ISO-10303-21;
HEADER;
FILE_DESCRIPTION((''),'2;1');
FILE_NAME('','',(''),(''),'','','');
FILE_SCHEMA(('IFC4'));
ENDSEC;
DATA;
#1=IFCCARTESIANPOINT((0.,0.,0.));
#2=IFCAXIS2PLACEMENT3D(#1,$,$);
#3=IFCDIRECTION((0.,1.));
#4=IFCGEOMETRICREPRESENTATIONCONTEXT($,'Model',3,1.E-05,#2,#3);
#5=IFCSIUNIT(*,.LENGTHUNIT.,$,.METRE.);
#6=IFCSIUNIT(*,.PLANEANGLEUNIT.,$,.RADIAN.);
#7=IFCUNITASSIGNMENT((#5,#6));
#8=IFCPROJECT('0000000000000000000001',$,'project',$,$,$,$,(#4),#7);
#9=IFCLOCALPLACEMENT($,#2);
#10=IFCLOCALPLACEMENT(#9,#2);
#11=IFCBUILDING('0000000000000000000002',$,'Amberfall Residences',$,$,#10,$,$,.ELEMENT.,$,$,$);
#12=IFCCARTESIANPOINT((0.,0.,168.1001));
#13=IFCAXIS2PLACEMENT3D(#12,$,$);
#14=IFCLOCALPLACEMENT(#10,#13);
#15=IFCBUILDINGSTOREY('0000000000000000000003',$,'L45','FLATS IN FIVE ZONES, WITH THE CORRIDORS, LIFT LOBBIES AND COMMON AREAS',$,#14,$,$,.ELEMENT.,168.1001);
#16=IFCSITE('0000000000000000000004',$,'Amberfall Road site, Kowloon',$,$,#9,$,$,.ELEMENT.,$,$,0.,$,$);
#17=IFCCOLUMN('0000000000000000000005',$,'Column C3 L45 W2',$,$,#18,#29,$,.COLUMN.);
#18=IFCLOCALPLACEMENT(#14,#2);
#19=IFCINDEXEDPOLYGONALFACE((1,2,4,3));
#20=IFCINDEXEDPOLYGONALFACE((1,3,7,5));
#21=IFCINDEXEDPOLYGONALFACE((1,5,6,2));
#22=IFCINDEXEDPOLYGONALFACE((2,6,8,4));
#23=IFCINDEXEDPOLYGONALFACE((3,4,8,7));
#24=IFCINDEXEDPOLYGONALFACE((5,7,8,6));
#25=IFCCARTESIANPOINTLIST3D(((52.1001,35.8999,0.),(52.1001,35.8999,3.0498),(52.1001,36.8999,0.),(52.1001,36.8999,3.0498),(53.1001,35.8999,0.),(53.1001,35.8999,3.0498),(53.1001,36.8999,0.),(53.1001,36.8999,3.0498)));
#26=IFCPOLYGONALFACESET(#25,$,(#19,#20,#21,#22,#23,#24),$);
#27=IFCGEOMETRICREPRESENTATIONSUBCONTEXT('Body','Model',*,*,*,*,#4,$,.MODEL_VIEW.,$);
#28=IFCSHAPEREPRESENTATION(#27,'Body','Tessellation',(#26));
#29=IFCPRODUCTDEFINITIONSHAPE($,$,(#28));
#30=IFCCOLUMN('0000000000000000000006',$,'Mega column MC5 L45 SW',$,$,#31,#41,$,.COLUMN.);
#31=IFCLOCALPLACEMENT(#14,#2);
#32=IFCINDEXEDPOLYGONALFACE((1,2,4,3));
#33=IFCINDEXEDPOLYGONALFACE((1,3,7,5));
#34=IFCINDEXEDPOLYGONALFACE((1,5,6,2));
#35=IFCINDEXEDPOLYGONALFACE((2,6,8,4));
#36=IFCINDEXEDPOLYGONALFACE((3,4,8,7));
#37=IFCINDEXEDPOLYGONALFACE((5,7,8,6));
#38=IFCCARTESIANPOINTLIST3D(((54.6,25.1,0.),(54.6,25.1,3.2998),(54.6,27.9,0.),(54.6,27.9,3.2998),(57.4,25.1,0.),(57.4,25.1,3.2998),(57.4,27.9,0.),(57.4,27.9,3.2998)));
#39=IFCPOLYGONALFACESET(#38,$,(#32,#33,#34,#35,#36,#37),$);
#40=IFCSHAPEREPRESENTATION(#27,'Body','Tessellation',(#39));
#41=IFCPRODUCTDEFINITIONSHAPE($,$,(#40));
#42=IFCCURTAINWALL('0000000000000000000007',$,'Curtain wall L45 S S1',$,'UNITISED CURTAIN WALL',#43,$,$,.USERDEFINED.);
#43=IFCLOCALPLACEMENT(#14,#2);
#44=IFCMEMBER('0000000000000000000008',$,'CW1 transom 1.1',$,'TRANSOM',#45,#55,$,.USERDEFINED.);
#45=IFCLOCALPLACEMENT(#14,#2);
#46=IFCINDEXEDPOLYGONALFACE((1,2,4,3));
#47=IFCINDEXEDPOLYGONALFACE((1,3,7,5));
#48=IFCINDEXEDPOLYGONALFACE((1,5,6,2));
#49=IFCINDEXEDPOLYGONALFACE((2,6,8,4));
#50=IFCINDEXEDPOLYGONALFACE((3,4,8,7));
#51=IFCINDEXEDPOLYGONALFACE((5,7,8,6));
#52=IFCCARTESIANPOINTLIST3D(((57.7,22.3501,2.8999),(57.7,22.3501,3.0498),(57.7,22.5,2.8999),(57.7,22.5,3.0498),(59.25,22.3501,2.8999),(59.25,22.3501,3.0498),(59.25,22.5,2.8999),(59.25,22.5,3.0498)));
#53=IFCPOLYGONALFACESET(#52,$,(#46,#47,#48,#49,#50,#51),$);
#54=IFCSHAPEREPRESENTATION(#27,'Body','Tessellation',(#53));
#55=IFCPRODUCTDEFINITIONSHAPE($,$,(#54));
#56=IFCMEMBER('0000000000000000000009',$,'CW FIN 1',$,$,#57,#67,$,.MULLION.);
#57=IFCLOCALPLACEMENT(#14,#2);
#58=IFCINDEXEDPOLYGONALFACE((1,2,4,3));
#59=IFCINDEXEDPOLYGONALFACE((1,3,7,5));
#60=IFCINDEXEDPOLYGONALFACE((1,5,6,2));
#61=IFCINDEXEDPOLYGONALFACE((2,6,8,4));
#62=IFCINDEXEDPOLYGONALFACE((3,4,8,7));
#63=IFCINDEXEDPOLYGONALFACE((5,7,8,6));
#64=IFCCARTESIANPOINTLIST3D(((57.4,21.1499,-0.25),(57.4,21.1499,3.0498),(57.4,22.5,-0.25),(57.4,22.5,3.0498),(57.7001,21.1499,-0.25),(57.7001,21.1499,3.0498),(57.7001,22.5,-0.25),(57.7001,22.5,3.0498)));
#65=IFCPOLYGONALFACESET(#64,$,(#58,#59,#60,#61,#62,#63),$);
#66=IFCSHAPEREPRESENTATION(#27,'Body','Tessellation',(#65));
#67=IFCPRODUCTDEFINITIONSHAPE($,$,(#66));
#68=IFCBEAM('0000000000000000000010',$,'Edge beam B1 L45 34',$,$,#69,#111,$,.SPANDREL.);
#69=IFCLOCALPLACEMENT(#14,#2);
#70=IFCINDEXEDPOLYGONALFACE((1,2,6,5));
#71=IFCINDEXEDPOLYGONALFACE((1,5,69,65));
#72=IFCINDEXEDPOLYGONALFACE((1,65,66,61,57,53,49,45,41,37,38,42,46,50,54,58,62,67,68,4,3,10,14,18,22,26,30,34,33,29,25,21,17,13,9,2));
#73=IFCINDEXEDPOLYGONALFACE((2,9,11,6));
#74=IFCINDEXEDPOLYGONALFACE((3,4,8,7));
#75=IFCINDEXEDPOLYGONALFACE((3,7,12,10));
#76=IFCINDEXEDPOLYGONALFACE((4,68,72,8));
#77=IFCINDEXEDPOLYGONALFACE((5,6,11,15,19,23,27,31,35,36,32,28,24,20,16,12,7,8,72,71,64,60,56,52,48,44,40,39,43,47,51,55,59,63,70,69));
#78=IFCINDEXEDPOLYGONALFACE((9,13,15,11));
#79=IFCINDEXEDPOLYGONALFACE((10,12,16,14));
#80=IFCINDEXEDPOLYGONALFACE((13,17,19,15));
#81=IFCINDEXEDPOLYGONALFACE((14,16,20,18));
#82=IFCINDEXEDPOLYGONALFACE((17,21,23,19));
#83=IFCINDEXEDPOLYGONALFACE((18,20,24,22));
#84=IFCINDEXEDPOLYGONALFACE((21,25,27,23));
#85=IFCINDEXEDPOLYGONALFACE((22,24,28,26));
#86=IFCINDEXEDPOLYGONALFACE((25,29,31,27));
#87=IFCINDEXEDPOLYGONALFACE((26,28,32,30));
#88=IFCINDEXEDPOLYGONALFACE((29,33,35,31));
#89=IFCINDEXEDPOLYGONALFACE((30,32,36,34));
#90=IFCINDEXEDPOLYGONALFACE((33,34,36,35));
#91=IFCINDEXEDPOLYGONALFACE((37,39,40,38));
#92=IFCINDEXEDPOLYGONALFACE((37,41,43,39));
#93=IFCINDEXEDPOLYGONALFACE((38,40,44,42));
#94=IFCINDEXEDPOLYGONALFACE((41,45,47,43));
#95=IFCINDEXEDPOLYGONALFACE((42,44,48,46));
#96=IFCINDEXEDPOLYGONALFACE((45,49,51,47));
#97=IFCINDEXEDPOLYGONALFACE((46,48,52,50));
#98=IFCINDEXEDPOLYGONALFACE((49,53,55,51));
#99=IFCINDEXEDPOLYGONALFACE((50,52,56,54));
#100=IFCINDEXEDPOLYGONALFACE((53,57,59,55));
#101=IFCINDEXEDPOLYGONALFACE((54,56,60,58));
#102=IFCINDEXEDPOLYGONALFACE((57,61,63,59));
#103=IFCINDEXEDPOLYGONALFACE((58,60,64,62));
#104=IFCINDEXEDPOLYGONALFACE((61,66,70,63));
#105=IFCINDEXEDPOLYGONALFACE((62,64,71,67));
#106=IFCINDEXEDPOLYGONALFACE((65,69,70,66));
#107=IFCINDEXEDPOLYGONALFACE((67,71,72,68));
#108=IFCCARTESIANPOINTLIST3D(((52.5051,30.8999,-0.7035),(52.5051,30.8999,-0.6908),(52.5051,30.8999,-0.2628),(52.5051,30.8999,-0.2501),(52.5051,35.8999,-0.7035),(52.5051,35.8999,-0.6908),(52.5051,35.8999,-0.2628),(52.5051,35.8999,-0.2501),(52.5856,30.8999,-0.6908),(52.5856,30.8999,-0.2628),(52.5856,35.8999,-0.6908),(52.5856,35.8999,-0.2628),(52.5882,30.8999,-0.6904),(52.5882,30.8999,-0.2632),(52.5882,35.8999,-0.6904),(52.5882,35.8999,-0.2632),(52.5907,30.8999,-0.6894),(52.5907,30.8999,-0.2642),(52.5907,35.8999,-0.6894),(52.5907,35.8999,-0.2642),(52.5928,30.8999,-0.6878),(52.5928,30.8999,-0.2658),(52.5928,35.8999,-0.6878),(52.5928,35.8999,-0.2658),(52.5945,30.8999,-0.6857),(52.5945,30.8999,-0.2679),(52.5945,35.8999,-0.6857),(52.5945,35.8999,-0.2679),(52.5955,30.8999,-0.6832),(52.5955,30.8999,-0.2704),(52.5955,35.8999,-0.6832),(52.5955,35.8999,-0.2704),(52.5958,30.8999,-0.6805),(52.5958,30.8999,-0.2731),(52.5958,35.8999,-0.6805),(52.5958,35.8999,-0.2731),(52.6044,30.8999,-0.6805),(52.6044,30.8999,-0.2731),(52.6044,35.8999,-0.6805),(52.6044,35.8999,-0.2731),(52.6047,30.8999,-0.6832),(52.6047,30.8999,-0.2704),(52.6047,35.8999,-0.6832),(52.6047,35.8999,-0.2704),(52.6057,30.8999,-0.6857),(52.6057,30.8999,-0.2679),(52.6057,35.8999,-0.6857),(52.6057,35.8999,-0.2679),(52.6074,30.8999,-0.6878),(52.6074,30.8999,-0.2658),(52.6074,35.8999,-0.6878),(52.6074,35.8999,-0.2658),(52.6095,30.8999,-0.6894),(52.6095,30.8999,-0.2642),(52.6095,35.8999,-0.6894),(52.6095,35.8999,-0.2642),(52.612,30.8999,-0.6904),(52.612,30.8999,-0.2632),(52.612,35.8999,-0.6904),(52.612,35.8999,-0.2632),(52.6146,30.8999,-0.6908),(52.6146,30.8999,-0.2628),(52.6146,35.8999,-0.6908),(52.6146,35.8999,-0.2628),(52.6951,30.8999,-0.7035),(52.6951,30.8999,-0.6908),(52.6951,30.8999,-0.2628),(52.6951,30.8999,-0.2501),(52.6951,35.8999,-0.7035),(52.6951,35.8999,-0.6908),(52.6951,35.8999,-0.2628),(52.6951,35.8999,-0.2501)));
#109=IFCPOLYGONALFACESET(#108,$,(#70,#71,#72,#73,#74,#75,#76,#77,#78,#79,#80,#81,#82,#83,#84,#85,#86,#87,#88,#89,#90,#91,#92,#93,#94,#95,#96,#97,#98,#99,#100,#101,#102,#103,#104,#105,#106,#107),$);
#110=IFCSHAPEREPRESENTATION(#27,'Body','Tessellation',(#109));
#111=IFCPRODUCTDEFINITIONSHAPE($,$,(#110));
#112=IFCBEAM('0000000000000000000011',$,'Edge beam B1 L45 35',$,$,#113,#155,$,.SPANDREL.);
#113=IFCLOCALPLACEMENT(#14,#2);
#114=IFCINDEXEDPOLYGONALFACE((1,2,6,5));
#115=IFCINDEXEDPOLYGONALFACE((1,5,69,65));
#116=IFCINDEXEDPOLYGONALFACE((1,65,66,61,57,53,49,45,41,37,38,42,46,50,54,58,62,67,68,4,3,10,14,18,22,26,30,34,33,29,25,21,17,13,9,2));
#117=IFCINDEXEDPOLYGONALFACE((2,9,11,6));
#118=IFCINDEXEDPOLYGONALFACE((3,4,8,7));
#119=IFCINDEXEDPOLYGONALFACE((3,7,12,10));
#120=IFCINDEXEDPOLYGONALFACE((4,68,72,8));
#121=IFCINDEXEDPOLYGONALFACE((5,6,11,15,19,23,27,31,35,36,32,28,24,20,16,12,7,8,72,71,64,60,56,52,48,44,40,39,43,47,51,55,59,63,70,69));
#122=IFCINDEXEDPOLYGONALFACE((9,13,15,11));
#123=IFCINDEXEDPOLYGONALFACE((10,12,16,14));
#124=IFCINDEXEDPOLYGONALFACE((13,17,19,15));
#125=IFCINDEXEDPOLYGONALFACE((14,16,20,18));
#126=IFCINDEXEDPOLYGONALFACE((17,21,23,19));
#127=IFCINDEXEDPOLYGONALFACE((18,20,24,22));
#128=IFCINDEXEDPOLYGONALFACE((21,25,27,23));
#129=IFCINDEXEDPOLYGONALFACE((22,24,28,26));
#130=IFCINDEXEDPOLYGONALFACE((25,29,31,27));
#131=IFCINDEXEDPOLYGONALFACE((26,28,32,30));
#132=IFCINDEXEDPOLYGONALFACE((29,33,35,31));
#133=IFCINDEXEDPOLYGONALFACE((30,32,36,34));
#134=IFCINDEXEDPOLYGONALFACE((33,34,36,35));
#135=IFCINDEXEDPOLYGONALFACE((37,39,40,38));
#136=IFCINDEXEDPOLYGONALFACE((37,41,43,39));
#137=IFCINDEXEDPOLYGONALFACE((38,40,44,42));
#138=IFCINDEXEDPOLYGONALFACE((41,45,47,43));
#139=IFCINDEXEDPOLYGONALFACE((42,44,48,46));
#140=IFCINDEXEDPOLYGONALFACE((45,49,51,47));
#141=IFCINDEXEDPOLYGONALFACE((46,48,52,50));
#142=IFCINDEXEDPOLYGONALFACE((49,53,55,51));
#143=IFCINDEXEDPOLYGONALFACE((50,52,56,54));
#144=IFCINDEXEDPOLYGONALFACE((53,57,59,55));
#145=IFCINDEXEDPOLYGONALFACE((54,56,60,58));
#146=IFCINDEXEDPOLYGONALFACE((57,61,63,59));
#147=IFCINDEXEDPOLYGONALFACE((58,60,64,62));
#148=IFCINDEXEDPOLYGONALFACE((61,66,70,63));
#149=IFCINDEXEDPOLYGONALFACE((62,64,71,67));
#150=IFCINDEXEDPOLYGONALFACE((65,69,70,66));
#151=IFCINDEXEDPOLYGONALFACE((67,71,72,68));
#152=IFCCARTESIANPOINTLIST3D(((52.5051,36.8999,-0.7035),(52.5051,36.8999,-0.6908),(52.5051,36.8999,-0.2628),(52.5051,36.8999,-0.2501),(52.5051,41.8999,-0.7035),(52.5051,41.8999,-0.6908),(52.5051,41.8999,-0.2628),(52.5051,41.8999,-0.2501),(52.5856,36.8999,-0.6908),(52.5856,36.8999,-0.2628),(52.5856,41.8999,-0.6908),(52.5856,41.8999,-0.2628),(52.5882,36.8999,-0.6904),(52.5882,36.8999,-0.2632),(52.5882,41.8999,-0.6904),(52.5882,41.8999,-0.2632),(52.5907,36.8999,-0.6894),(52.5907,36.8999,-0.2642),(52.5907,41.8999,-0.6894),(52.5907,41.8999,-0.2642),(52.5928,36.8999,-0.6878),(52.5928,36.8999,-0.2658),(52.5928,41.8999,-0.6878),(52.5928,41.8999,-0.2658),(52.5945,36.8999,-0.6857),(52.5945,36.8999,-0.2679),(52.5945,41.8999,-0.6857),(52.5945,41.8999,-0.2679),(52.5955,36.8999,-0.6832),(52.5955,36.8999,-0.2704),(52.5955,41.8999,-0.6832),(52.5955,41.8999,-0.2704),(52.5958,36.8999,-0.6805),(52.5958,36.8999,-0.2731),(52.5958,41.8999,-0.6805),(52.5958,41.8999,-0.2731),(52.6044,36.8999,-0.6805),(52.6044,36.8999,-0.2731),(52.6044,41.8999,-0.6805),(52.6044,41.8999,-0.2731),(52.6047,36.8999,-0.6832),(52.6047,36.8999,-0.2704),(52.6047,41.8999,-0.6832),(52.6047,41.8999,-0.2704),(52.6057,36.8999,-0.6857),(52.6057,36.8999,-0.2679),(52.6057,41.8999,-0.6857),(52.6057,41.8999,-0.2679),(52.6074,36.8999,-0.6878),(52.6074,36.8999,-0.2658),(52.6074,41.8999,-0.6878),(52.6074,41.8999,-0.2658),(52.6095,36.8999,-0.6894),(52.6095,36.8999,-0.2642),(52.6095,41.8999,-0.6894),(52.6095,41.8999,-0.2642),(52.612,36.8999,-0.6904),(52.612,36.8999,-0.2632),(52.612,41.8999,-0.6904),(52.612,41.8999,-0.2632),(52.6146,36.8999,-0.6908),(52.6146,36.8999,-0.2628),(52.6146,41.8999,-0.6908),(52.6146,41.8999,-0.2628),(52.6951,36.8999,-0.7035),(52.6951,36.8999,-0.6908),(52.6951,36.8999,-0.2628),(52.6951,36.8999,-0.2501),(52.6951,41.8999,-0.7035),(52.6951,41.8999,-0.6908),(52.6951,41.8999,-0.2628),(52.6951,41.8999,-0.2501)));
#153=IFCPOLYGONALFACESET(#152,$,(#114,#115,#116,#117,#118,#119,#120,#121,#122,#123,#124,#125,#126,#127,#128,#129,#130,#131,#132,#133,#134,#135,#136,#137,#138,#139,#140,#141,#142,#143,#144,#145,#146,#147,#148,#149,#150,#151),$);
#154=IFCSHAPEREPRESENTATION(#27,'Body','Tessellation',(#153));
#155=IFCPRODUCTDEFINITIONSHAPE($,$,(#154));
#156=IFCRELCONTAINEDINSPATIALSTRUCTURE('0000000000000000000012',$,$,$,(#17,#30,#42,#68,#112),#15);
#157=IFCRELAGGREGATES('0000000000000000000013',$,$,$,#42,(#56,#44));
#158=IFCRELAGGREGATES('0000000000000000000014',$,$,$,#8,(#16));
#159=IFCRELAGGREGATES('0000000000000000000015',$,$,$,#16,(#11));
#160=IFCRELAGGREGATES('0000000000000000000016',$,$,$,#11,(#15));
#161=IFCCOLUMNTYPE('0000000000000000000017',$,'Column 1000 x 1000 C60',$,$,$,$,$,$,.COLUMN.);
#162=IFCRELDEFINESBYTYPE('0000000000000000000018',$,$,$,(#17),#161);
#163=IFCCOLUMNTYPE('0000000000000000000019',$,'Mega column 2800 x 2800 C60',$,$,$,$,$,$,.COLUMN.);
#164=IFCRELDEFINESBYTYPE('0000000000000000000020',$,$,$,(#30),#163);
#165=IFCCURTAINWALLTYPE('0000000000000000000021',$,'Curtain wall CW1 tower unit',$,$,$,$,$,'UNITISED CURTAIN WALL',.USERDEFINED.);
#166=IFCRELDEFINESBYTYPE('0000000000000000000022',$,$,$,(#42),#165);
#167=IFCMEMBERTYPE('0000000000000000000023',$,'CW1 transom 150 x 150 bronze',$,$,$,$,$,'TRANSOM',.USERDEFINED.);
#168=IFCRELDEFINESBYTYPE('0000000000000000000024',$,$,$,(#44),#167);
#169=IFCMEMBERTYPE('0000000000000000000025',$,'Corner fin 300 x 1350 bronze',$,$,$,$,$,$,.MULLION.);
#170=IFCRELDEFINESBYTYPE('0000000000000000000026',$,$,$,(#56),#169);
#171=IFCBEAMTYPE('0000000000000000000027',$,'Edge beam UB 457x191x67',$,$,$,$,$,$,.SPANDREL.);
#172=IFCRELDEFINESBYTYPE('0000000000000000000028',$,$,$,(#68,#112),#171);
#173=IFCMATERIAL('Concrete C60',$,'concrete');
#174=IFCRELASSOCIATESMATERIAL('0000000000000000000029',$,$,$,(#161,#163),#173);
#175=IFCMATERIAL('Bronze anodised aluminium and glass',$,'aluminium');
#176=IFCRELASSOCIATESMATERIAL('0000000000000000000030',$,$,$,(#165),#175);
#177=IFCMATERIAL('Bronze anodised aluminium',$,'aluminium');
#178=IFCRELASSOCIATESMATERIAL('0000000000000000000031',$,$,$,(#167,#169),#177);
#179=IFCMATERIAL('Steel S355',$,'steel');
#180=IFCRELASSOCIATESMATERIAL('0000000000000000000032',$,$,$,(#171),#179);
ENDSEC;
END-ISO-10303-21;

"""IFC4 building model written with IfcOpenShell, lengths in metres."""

from ifc_helpers import new_model, si_unit, direction, frame, origin, origin_2d, place, context, subcontext, project, spatial, rectangle, i_section, extrude, material, material_profile, profile_set, type_object, element, aggregate, save


model = new_model("IFC4")

# Units and contexts
model_context = context("Model", 3, precision=1e-05, world=origin(), true_north=direction((0.0, 1.0)))
body_context = subcontext(model_context, "Body", "Model", "MODEL_VIEW")
ifc_project = project(units=[si_unit("LENGTHUNIT", "METRE"), si_unit("PLANEANGLEUNIT", "RADIAN")], contexts=[model_context])

# Site, building, storey
site_placement = place(None, origin())
site = spatial("IfcSite", under=ifc_project, at=site_placement, Name="Amberfall Road site, Kowloon", CompositionType="ELEMENT", RefElevation=0.0)
building_placement = place(site_placement, origin())
building = spatial("IfcBuilding", under=site, at=building_placement, Name="Amberfall Residences", CompositionType="ELEMENT")
storey_placement = place(building_placement, frame((0.0, 0.0, 168.1001)))
storey = spatial("IfcBuildingStorey", under=building, at=storey_placement, Name="L45", Description="FLATS IN FIVE ZONES, WITH THE CORRIDORS, LIFT LOBBIES AND COMMON AREAS", CompositionType="ELEMENT", Elevation=168.1001)

# Columns
ifc_material_1 = material(Name="Concrete C60", Category="concrete")
ifc_material_profile_1 = material_profile(ifc_material_1, rectangle(XDim=1.0, YDim=1.0, at=origin_2d()), Name="Column 1000 x 1000 C60")
ifc_profile_set_1 = profile_set([ifc_material_profile_1], Name="Concrete C60")
column_type_1 = type_object("IfcColumnType", Name="Column 1000 x 1000 C60", PredefinedType="COLUMN", material=ifc_profile_set_1)
column_1_placement = place(storey_placement, frame((52.6001, 36.3999, 0.0), z_axis=(0.0, 0.0, 1.0), x_axis=(1.0, 0.0, 0.0)))
element("IfcColumn", 1, at=column_1_placement, inside=storey, type_object=column_type_1, Name="Column C3 L45 W2", PredefinedType="COLUMN", context=body_context, shape_type="SweptSolid", body=[
    extrude(rectangle(XDim=1.0, YDim=1.0, at=origin_2d()), origin(), (0.0, 0.0, 1.0), 3.0498),
])
ifc_material_profile_2 = material_profile(ifc_material_1, rectangle(XDim=2.8, YDim=2.8, at=origin_2d()), Name="Mega column 2800 x 2800 C60")
ifc_profile_set_2 = profile_set([ifc_material_profile_2], Name="Concrete C60")
column_type_2 = type_object("IfcColumnType", Name="Mega column 2800 x 2800 C60", PredefinedType="COLUMN", material=ifc_profile_set_2)
column_2_placement = place(storey_placement, frame((56.0, 26.5, 0.0), z_axis=(0.0, 0.0, 1.0), x_axis=(1.0, 0.0, 0.0)))
element("IfcColumn", 2, at=column_2_placement, inside=storey, type_object=column_type_2, Name="Mega column MC5 L45 SW", PredefinedType="COLUMN", context=body_context, shape_type="SweptSolid", body=[
    extrude(rectangle(XDim=2.8, YDim=2.8, at=origin_2d()), origin(), (0.0, 0.0, 1.0), 3.2998),
])

# Curtain wall, members
ifc_material_2 = material(Name="Bronze anodised aluminium and glass", Category="aluminium")
curtain_wall_type = type_object("IfcCurtainWallType", Name="Curtain wall CW1 tower unit", ElementType="UNITISED CURTAIN WALL", PredefinedType="USERDEFINED", material=ifc_material_2)
curtain_wall_placement = place(storey_placement, origin())
curtain_wall = element("IfcCurtainWall", 3, at=curtain_wall_placement, inside=storey, type_object=curtain_wall_type, Name="Curtain wall L45 S S1", ObjectType="UNITISED CURTAIN WALL", PredefinedType="USERDEFINED")
ifc_material_3 = material(Name="Bronze anodised aluminium", Category="aluminium")
ifc_material_profile_3 = material_profile(ifc_material_3, rectangle(XDim=0.1499, YDim=0.1499, at=origin_2d()), Name="CW1 transom 150 x 150 bronze")
ifc_profile_set_3 = profile_set([ifc_material_profile_3], Name="Bronze anodised aluminium")
member_type_1 = type_object("IfcMemberType", Name="CW1 transom 150 x 150 bronze", ElementType="TRANSOM", PredefinedType="USERDEFINED", material=ifc_profile_set_3)
member_1_placement = place(storey_placement, frame((57.7, 22.425, 2.9749), z_axis=(1.0, 0.0, 0.0), x_axis=(0.0, 1.0, 0.0)))
member_1 = element("IfcMember", 4, at=member_1_placement, type_object=member_type_1, Name="CW1 transom 1.1", ObjectType="TRANSOM", PredefinedType="USERDEFINED", context=body_context, shape_type="SweptSolid", body=[
    extrude(rectangle(XDim=0.1499, YDim=0.1499, at=origin_2d()), origin(), (0.0, 0.0, 1.0), 1.55),
])
ifc_material_profile_4 = material_profile(ifc_material_3, rectangle(XDim=1.3501, YDim=0.3, at=origin_2d()), Name="Corner fin 300 x 1350 bronze")
ifc_profile_set_4 = profile_set([ifc_material_profile_4], Name="Bronze anodised aluminium")
member_type_2 = type_object("IfcMemberType", Name="Corner fin 300 x 1350 bronze", PredefinedType="MULLION", material=ifc_profile_set_4)
member_2_placement = place(storey_placement, frame((57.55, 21.825, -0.25), z_axis=(0.0, 0.0, 1.0), x_axis=(0.0, 1.0, 0.0)))
member_2 = element("IfcMember", 5, at=member_2_placement, type_object=member_type_2, Name="CW FIN 1", PredefinedType="MULLION", context=body_context, shape_type="SweptSolid", body=[
    extrude(rectangle(XDim=1.3501, YDim=0.3, at=origin_2d()), origin(), (0.0, 0.0, 1.0), 3.2998),
])

# Beams
ifc_material_4 = material(Name="Steel S355", Category="steel")
ifc_material_profile_5 = material_profile(ifc_material_4, i_section(OverallWidth=0.1899, OverallDepth=0.4534, WebThickness=0.0085, FlangeThickness=0.0127, FilletRadius=0.0103, at=origin_2d()), Name="UB 457x191x67")
ifc_profile_set_5 = profile_set([ifc_material_profile_5], Name="Steel S355")
beam_type_1 = type_object("IfcBeamType", Name="Edge beam UB 457x191x67", PredefinedType="SPANDREL", material=ifc_profile_set_5)
for number, where, z_axis, x_axis, name in (
    (6, (52.6001, 30.8999, -0.4768), (0.0, 1.0, 0.0), (-1.0, 0.0, 0.0), "Edge beam B1 L45 34"),
    (7, (52.6001, 36.8999, -0.4768), (0.0, 1.0, 0.0), (-1.0, 0.0, 0.0), "Edge beam B1 L45 35"),
):
    element("IfcBeam", number, at=place(storey_placement, frame(where, z_axis=z_axis, x_axis=x_axis)), inside=storey, type_object=beam_type_1, Name=name, PredefinedType="SPANDREL", context=body_context, shape_type="SweptSolid", body=[
        extrude(i_section(OverallWidth=0.1899, OverallDepth=0.4534, WebThickness=0.0085, FlangeThickness=0.0127, FilletRadius=0.0103, at=origin_2d()), origin(), (0.0, 0.0, 1.0), 5.0),
    ])

aggregate(curtain_wall, [member_2, member_1])

save(model, "model.ifc")
